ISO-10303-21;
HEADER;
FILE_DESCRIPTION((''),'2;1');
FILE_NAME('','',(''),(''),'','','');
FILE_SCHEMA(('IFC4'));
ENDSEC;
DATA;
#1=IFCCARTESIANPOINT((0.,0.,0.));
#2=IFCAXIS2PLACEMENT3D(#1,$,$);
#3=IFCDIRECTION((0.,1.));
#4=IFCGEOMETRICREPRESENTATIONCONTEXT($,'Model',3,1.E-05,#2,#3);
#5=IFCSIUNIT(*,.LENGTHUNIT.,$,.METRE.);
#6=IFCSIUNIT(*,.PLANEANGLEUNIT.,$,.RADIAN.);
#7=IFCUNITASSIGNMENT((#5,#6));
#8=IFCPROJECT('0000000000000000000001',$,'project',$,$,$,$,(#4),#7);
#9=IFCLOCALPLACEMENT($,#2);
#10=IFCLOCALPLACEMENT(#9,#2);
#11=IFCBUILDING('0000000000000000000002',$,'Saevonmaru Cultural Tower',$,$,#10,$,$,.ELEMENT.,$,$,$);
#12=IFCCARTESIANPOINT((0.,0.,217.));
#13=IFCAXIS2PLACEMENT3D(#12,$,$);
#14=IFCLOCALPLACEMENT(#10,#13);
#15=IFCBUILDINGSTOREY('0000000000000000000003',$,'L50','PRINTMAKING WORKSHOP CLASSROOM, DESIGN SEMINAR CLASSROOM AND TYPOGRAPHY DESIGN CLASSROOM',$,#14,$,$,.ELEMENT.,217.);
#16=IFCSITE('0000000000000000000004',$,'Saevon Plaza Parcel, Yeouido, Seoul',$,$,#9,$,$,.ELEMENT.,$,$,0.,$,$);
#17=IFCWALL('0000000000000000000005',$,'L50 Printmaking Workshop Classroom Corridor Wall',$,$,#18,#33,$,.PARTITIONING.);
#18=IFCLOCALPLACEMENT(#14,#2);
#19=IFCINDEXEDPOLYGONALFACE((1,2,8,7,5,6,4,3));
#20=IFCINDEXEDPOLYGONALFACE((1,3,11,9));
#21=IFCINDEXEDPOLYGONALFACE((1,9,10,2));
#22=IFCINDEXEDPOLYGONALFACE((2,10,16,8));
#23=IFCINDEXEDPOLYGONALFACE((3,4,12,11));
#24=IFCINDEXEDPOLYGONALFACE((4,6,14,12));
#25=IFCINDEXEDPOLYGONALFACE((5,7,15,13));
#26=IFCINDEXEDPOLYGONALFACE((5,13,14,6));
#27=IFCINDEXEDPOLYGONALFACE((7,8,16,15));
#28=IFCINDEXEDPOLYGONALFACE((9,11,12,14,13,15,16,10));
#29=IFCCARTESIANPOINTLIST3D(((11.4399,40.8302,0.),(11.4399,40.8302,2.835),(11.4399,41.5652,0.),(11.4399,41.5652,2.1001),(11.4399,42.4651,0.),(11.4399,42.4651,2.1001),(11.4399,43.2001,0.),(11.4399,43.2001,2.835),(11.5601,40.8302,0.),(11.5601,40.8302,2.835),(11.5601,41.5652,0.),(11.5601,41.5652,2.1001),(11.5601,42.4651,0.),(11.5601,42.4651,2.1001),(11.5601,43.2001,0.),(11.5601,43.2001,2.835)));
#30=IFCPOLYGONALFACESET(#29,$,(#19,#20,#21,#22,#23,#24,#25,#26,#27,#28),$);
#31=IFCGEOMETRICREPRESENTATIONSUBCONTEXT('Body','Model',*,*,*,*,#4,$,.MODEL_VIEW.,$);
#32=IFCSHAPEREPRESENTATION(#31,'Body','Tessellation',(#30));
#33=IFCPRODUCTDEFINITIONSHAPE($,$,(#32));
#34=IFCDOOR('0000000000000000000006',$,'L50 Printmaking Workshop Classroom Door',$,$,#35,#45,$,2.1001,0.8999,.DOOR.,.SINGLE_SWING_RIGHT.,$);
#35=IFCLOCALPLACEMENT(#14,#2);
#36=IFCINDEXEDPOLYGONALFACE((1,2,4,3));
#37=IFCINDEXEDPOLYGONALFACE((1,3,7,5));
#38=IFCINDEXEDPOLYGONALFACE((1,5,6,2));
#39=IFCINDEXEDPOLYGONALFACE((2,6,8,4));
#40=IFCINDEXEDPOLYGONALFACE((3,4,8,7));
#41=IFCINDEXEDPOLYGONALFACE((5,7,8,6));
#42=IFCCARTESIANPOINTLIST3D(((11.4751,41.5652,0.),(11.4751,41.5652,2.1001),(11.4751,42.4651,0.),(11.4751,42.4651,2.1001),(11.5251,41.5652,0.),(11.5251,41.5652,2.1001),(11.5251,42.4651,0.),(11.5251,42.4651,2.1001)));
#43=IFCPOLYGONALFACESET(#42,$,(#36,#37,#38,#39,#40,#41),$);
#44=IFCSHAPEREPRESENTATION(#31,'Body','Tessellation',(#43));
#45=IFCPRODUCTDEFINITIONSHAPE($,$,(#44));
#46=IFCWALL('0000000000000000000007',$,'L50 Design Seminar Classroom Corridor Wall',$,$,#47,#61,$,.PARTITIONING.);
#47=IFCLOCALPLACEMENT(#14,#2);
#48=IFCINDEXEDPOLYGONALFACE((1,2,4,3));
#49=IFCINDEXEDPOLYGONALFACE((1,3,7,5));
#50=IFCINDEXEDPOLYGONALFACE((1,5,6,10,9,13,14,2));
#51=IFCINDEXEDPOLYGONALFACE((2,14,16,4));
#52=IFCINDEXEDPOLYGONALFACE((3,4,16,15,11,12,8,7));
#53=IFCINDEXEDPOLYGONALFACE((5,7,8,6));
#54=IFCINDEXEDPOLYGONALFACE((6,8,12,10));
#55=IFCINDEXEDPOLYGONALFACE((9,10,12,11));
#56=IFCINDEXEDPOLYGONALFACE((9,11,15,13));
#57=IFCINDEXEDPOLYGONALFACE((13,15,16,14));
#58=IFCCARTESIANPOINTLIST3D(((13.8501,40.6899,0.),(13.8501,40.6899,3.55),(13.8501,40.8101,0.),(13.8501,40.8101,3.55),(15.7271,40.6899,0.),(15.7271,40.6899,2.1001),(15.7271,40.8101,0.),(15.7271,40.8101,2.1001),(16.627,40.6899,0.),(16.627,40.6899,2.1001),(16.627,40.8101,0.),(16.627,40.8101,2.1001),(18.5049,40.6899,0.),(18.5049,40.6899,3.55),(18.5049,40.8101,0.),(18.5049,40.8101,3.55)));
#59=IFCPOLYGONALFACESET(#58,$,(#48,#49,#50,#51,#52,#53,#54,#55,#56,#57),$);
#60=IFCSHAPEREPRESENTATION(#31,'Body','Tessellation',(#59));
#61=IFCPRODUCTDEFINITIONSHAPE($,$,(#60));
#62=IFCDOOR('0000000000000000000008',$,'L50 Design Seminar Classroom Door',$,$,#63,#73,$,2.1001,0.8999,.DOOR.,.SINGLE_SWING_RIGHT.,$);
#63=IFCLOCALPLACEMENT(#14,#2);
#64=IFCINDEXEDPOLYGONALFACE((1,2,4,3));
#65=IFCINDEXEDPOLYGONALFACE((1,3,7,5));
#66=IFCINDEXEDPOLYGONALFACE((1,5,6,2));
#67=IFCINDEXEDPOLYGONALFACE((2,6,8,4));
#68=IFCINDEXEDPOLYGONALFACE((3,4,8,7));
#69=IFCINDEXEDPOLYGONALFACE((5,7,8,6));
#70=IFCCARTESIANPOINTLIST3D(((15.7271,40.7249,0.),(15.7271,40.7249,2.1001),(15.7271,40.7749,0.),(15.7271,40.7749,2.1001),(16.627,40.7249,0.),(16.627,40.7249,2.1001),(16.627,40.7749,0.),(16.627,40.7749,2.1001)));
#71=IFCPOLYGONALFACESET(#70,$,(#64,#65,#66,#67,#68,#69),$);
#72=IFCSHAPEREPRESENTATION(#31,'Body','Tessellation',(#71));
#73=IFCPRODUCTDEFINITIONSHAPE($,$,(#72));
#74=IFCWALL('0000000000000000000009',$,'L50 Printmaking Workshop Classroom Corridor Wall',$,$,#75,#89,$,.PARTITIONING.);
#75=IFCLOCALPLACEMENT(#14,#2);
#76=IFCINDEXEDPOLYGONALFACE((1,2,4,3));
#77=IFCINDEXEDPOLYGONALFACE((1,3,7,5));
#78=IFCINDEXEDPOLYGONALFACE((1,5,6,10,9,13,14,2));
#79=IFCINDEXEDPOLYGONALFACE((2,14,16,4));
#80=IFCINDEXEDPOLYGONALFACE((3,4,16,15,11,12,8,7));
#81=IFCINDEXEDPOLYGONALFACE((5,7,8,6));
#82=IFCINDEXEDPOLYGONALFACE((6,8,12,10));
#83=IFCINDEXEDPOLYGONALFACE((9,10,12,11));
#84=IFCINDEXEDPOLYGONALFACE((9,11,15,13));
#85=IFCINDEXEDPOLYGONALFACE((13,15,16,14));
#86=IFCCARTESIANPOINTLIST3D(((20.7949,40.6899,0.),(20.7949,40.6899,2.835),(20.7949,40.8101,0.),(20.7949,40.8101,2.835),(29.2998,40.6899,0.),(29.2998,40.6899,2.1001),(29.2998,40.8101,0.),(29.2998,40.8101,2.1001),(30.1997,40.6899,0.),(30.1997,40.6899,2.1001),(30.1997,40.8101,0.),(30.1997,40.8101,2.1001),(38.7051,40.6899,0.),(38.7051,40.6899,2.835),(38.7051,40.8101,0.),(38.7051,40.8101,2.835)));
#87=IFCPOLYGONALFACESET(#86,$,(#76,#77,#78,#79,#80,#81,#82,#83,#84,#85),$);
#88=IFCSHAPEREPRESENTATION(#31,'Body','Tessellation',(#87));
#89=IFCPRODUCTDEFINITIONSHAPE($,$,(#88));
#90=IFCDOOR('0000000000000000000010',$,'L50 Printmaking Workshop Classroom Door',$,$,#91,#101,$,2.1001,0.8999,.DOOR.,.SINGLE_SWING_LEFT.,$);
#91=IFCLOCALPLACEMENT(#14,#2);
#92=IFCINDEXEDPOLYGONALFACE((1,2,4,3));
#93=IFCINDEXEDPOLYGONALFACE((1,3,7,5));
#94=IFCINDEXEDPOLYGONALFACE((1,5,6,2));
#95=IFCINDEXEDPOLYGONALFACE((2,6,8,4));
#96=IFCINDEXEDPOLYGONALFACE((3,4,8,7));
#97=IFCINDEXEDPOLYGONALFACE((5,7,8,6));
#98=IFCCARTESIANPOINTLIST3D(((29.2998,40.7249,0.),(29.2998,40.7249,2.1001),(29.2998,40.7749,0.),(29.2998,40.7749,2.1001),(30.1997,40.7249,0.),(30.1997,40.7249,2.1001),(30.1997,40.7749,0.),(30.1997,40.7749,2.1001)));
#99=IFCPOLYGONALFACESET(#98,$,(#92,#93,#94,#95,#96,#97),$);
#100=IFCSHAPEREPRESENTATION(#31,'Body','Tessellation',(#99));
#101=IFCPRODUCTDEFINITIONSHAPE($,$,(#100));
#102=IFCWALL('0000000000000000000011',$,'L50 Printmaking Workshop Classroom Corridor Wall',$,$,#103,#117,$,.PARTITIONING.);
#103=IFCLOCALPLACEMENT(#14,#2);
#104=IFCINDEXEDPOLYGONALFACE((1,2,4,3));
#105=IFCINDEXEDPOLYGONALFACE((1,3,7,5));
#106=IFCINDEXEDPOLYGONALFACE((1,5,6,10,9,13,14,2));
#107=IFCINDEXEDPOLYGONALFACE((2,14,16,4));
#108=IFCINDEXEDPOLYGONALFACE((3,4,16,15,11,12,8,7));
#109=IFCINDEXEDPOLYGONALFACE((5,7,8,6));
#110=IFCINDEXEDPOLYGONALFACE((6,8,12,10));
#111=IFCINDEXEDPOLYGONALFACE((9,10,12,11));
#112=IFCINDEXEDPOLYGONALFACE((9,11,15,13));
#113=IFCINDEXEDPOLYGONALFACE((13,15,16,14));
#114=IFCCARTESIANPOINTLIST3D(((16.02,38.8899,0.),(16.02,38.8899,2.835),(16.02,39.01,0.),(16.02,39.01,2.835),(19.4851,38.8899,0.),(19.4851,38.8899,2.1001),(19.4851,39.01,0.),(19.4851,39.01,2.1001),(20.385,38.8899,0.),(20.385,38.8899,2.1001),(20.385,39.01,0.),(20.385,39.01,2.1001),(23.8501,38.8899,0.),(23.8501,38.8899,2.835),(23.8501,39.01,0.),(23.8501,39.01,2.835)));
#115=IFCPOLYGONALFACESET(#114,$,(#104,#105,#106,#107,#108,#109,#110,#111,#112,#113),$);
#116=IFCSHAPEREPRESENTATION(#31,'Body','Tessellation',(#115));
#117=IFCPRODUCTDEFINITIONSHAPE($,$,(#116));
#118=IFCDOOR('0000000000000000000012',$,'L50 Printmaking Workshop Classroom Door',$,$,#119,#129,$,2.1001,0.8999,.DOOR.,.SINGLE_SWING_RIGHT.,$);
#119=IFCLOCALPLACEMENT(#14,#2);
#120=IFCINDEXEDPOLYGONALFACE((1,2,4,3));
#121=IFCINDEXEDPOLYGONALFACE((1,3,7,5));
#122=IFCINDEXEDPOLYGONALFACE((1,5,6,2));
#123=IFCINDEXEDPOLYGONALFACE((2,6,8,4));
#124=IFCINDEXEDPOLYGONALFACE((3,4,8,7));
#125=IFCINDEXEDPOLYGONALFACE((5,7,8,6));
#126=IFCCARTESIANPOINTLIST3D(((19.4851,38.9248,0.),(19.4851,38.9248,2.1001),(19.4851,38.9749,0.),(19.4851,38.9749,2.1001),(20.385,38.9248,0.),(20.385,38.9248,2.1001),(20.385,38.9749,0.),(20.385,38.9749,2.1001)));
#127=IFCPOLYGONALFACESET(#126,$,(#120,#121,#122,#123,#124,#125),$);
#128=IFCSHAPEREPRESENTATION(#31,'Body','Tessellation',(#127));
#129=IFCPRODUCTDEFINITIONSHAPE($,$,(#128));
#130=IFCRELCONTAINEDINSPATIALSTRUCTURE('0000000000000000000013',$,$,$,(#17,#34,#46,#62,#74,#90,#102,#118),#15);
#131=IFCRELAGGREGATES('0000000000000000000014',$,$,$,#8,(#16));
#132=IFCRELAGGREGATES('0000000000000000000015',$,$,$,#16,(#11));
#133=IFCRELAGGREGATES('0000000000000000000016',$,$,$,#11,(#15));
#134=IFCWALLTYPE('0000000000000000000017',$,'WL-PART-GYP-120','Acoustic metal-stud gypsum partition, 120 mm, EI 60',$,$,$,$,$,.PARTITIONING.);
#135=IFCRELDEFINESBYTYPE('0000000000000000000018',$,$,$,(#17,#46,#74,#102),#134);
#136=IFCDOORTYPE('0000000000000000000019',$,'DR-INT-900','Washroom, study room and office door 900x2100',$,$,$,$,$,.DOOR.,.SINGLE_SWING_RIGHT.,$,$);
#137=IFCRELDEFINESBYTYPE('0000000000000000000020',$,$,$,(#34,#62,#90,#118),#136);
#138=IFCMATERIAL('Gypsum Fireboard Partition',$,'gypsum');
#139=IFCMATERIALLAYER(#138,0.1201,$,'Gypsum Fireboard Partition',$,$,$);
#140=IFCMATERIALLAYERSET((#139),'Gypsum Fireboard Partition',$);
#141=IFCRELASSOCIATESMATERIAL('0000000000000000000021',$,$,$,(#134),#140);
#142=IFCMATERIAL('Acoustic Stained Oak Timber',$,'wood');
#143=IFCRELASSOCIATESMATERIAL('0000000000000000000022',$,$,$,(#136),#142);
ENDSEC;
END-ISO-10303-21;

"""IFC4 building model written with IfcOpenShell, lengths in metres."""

from ifc_helpers import new_model, si_unit, direction, frame, frame_2d, origin, place, context, subcontext, project, spatial, rectangle, extrude, material, layer, layer_set, type_object, element, fill, save


model = new_model("IFC4")

# Units and contexts
model_context = context("Model", 3, precision=1e-05, world=origin(), true_north=direction((0.0, 1.0)))
body_context = subcontext(model_context, "Body", "Model", "MODEL_VIEW")
ifc_project = project(units=[si_unit("LENGTHUNIT", "METRE"), si_unit("PLANEANGLEUNIT", "RADIAN")], contexts=[model_context])

# Site, building, storey
site_placement = place(None, origin())
site = spatial("IfcSite", under=ifc_project, at=site_placement, Name="Saevon Plaza Parcel, Yeouido, Seoul", CompositionType="ELEMENT", RefElevation=0.0)
building_placement = place(site_placement, origin())
building = spatial("IfcBuilding", under=site, at=building_placement, Name="Saevonmaru Cultural Tower", CompositionType="ELEMENT")
storey_placement = place(building_placement, frame((0.0, 0.0, 217.0)))
storey = spatial("IfcBuildingStorey", under=building, at=storey_placement, Name="L50", Description="PRINTMAKING WORKSHOP CLASSROOM, DESIGN SEMINAR CLASSROOM AND TYPOGRAPHY DESIGN CLASSROOM", CompositionType="ELEMENT", Elevation=217.0)

# Shared definitions
ifc_material_1 = material(Name="Gypsum Fireboard Partition", Category="gypsum")
ifc_layer_1 = layer(ifc_material_1, 0.1201, Name="Gypsum Fireboard Partition")
ifc_layer_set_1 = layer_set([ifc_layer_1], Name="Gypsum Fireboard Partition")
wall_type_1 = type_object("IfcWallType", Name="WL-PART-GYP-120", Description="Acoustic metal-stud gypsum partition, 120 mm, EI 60", PredefinedType="PARTITIONING", material=ifc_layer_set_1)

# Walls, openings, doors
wall_1_placement = place(storey_placement, frame((11.5, 40.8301, 0.0), z_axis=(0.0, 0.0, 1.0), x_axis=(0.0, 1.0, 0.0)))
wall_1 = element("IfcWall", 1, at=wall_1_placement, inside=storey, type_object=wall_type_1, Name="L50 Printmaking Workshop Classroom Corridor Wall", PredefinedType="PARTITIONING", context=body_context, shape_type="SweptSolid", body=[
    extrude(rectangle(XDim=2.3699, YDim=0.1201, at=frame_2d((1.1851, 0.0))), origin(), (0.0, 0.0, 1.0), 2.835),
])
opening_1_placement = place(wall_1_placement, frame((0.7351, 0.0, 0.0)))
opening_1 = element("IfcOpeningElement", 2, at=opening_1_placement, cuts=wall_1, PredefinedType="OPENING", context=body_context, shape_type="SweptSolid", body=[
    extrude(rectangle(XDim=0.8999, YDim=2.1001, at=frame_2d((0.45, 1.05))), frame((0.0, 0.0701, 0.0), z_axis=(0.0, -1.0, 0.0), x_axis=(1.0, 0.0, 0.0)), (0.0, 0.0, 1.0), 0.1401),
])
ifc_material_2 = material(Name="Acoustic Stained Oak Timber", Category="wood")
door_type = type_object("IfcDoorType", Name="DR-INT-900", Description="Washroom, study room and office door 900x2100", OperationType="SINGLE_SWING_RIGHT", PredefinedType="DOOR", material=ifc_material_2)
door_1_placement = place(opening_1_placement, origin())
door_1 = element("IfcDoor", 3, at=door_1_placement, inside=storey, type_object=door_type, Name="L50 Printmaking Workshop Classroom Door", OperationType="SINGLE_SWING_RIGHT", OverallHeight=2.1001, OverallWidth=0.8999, PredefinedType="DOOR", context=body_context, shape_type="SweptSolid", body=[
    extrude(rectangle(XDim=0.8999, YDim=2.1001, at=frame_2d((0.45, 1.05))), frame((0.0, 0.0249, 0.0), z_axis=(0.0, -1.0, 0.0), x_axis=(1.0, 0.0, 0.0)), (0.0, 0.0, 1.0), 0.05),
])
fill(opening_1, door_1)
wall_2_placement = place(storey_placement, frame((13.8501, 40.75, 0.0), z_axis=(0.0, 0.0, 1.0), x_axis=(1.0, 0.0, 0.0)))
wall_2 = element("IfcWall", 4, at=wall_2_placement, inside=storey, type_object=wall_type_1, Name="L50 Design Seminar Classroom Corridor Wall", PredefinedType="PARTITIONING", context=body_context, shape_type="SweptSolid", body=[
    extrude(rectangle(XDim=4.6548, YDim=0.1201, at=frame_2d((2.3274, 0.0))), origin(), (0.0, 0.0, 1.0), 3.55),
])
opening_2_placement = place(wall_2_placement, frame((1.877, 0.0, 0.0)))
opening_2 = element("IfcOpeningElement", 5, at=opening_2_placement, cuts=wall_2, PredefinedType="OPENING", context=body_context, shape_type="SweptSolid", body=[
    extrude(rectangle(XDim=0.8999, YDim=2.1001, at=frame_2d((0.45, 1.05))), frame((0.0, 0.0701, 0.0), z_axis=(0.0, -1.0, 0.0), x_axis=(1.0, 0.0, 0.0)), (0.0, 0.0, 1.0), 0.1401),
])
door_2_placement = place(opening_2_placement, origin())
door_2 = element("IfcDoor", 6, at=door_2_placement, inside=storey, type_object=door_type, Name="L50 Design Seminar Classroom Door", OperationType="SINGLE_SWING_RIGHT", OverallHeight=2.1001, OverallWidth=0.8999, PredefinedType="DOOR", context=body_context, shape_type="SweptSolid", body=[
    extrude(rectangle(XDim=0.8999, YDim=2.1001, at=frame_2d((0.45, 1.05))), frame((0.0, 0.0249, 0.0), z_axis=(0.0, -1.0, 0.0), x_axis=(1.0, 0.0, 0.0)), (0.0, 0.0, 1.0), 0.05),
])
fill(opening_2, door_2)
wall_3_placement = place(storey_placement, frame((20.7949, 40.75, 0.0), z_axis=(0.0, 0.0, 1.0), x_axis=(1.0, 0.0, 0.0)))
wall_3 = element("IfcWall", 7, at=wall_3_placement, inside=storey, type_object=wall_type_1, Name="L50 Printmaking Workshop Classroom Corridor Wall", PredefinedType="PARTITIONING", context=body_context, shape_type="SweptSolid", body=[
    extrude(rectangle(XDim=17.9102, YDim=0.1201, at=frame_2d((8.9551, 0.0))), origin(), (0.0, 0.0, 1.0), 2.835),
])
opening_3_placement = place(wall_3_placement, frame((8.5049, 0.0, 0.0)))
opening_3 = element("IfcOpeningElement", 8, at=opening_3_placement, cuts=wall_3, PredefinedType="OPENING", context=body_context, shape_type="SweptSolid", body=[
    extrude(rectangle(XDim=0.8999, YDim=2.1001, at=frame_2d((0.45, 1.05))), frame((0.0, 0.0701, 0.0), z_axis=(0.0, -1.0, 0.0), x_axis=(1.0, 0.0, 0.0)), (0.0, 0.0, 1.0), 0.1401),
])
door_3_placement = place(opening_3_placement, origin())
door_3 = element("IfcDoor", 9, at=door_3_placement, inside=storey, type_object=door_type, Name="L50 Printmaking Workshop Classroom Door", OperationType="SINGLE_SWING_LEFT", OverallHeight=2.1001, OverallWidth=0.8999, PredefinedType="DOOR", context=body_context, shape_type="SweptSolid", body=[
    extrude(rectangle(XDim=0.8999, YDim=2.1001, at=frame_2d((0.45, 1.05))), frame((0.0, 0.0249, 0.0), z_axis=(0.0, -1.0, 0.0), x_axis=(1.0, 0.0, 0.0)), (0.0, 0.0, 1.0), 0.05),
])
fill(opening_3, door_3)
wall_4_placement = place(storey_placement, frame((16.02, 38.95, 0.0), z_axis=(0.0, 0.0, 1.0), x_axis=(1.0, 0.0, 0.0)))
wall_4 = element("IfcWall", 10, at=wall_4_placement, inside=storey, type_object=wall_type_1, Name="L50 Printmaking Workshop Classroom Corridor Wall", PredefinedType="PARTITIONING", context=body_context, shape_type="SweptSolid", body=[
    extrude(rectangle(XDim=7.8301, YDim=0.1201, at=frame_2d((3.915, 0.0))), origin(), (0.0, 0.0, 1.0), 2.835),
])
opening_4_placement = place(wall_4_placement, frame((3.4651, 0.0, 0.0)))
opening_4 = element("IfcOpeningElement", 11, at=opening_4_placement, cuts=wall_4, PredefinedType="OPENING", context=body_context, shape_type="SweptSolid", body=[
    extrude(rectangle(XDim=0.8999, YDim=2.1001, at=frame_2d((0.45, 1.05))), frame((0.0, 0.0701, 0.0), z_axis=(0.0, -1.0, 0.0), x_axis=(1.0, 0.0, 0.0)), (0.0, 0.0, 1.0), 0.1401),
])
door_4_placement = place(opening_4_placement, origin())
door_4 = element("IfcDoor", 12, at=door_4_placement, inside=storey, type_object=door_type, Name="L50 Printmaking Workshop Classroom Door", OperationType="SINGLE_SWING_RIGHT", OverallHeight=2.1001, OverallWidth=0.8999, PredefinedType="DOOR", context=body_context, shape_type="SweptSolid", body=[
    extrude(rectangle(XDim=0.8999, YDim=2.1001, at=frame_2d((0.45, 1.05))), frame((0.0, 0.0249, 0.0), z_axis=(0.0, -1.0, 0.0), x_axis=(1.0, 0.0, 0.0)), (0.0, 0.0, 1.0), 0.05),
])
fill(opening_4, door_4)

save(model, "model.ifc")
